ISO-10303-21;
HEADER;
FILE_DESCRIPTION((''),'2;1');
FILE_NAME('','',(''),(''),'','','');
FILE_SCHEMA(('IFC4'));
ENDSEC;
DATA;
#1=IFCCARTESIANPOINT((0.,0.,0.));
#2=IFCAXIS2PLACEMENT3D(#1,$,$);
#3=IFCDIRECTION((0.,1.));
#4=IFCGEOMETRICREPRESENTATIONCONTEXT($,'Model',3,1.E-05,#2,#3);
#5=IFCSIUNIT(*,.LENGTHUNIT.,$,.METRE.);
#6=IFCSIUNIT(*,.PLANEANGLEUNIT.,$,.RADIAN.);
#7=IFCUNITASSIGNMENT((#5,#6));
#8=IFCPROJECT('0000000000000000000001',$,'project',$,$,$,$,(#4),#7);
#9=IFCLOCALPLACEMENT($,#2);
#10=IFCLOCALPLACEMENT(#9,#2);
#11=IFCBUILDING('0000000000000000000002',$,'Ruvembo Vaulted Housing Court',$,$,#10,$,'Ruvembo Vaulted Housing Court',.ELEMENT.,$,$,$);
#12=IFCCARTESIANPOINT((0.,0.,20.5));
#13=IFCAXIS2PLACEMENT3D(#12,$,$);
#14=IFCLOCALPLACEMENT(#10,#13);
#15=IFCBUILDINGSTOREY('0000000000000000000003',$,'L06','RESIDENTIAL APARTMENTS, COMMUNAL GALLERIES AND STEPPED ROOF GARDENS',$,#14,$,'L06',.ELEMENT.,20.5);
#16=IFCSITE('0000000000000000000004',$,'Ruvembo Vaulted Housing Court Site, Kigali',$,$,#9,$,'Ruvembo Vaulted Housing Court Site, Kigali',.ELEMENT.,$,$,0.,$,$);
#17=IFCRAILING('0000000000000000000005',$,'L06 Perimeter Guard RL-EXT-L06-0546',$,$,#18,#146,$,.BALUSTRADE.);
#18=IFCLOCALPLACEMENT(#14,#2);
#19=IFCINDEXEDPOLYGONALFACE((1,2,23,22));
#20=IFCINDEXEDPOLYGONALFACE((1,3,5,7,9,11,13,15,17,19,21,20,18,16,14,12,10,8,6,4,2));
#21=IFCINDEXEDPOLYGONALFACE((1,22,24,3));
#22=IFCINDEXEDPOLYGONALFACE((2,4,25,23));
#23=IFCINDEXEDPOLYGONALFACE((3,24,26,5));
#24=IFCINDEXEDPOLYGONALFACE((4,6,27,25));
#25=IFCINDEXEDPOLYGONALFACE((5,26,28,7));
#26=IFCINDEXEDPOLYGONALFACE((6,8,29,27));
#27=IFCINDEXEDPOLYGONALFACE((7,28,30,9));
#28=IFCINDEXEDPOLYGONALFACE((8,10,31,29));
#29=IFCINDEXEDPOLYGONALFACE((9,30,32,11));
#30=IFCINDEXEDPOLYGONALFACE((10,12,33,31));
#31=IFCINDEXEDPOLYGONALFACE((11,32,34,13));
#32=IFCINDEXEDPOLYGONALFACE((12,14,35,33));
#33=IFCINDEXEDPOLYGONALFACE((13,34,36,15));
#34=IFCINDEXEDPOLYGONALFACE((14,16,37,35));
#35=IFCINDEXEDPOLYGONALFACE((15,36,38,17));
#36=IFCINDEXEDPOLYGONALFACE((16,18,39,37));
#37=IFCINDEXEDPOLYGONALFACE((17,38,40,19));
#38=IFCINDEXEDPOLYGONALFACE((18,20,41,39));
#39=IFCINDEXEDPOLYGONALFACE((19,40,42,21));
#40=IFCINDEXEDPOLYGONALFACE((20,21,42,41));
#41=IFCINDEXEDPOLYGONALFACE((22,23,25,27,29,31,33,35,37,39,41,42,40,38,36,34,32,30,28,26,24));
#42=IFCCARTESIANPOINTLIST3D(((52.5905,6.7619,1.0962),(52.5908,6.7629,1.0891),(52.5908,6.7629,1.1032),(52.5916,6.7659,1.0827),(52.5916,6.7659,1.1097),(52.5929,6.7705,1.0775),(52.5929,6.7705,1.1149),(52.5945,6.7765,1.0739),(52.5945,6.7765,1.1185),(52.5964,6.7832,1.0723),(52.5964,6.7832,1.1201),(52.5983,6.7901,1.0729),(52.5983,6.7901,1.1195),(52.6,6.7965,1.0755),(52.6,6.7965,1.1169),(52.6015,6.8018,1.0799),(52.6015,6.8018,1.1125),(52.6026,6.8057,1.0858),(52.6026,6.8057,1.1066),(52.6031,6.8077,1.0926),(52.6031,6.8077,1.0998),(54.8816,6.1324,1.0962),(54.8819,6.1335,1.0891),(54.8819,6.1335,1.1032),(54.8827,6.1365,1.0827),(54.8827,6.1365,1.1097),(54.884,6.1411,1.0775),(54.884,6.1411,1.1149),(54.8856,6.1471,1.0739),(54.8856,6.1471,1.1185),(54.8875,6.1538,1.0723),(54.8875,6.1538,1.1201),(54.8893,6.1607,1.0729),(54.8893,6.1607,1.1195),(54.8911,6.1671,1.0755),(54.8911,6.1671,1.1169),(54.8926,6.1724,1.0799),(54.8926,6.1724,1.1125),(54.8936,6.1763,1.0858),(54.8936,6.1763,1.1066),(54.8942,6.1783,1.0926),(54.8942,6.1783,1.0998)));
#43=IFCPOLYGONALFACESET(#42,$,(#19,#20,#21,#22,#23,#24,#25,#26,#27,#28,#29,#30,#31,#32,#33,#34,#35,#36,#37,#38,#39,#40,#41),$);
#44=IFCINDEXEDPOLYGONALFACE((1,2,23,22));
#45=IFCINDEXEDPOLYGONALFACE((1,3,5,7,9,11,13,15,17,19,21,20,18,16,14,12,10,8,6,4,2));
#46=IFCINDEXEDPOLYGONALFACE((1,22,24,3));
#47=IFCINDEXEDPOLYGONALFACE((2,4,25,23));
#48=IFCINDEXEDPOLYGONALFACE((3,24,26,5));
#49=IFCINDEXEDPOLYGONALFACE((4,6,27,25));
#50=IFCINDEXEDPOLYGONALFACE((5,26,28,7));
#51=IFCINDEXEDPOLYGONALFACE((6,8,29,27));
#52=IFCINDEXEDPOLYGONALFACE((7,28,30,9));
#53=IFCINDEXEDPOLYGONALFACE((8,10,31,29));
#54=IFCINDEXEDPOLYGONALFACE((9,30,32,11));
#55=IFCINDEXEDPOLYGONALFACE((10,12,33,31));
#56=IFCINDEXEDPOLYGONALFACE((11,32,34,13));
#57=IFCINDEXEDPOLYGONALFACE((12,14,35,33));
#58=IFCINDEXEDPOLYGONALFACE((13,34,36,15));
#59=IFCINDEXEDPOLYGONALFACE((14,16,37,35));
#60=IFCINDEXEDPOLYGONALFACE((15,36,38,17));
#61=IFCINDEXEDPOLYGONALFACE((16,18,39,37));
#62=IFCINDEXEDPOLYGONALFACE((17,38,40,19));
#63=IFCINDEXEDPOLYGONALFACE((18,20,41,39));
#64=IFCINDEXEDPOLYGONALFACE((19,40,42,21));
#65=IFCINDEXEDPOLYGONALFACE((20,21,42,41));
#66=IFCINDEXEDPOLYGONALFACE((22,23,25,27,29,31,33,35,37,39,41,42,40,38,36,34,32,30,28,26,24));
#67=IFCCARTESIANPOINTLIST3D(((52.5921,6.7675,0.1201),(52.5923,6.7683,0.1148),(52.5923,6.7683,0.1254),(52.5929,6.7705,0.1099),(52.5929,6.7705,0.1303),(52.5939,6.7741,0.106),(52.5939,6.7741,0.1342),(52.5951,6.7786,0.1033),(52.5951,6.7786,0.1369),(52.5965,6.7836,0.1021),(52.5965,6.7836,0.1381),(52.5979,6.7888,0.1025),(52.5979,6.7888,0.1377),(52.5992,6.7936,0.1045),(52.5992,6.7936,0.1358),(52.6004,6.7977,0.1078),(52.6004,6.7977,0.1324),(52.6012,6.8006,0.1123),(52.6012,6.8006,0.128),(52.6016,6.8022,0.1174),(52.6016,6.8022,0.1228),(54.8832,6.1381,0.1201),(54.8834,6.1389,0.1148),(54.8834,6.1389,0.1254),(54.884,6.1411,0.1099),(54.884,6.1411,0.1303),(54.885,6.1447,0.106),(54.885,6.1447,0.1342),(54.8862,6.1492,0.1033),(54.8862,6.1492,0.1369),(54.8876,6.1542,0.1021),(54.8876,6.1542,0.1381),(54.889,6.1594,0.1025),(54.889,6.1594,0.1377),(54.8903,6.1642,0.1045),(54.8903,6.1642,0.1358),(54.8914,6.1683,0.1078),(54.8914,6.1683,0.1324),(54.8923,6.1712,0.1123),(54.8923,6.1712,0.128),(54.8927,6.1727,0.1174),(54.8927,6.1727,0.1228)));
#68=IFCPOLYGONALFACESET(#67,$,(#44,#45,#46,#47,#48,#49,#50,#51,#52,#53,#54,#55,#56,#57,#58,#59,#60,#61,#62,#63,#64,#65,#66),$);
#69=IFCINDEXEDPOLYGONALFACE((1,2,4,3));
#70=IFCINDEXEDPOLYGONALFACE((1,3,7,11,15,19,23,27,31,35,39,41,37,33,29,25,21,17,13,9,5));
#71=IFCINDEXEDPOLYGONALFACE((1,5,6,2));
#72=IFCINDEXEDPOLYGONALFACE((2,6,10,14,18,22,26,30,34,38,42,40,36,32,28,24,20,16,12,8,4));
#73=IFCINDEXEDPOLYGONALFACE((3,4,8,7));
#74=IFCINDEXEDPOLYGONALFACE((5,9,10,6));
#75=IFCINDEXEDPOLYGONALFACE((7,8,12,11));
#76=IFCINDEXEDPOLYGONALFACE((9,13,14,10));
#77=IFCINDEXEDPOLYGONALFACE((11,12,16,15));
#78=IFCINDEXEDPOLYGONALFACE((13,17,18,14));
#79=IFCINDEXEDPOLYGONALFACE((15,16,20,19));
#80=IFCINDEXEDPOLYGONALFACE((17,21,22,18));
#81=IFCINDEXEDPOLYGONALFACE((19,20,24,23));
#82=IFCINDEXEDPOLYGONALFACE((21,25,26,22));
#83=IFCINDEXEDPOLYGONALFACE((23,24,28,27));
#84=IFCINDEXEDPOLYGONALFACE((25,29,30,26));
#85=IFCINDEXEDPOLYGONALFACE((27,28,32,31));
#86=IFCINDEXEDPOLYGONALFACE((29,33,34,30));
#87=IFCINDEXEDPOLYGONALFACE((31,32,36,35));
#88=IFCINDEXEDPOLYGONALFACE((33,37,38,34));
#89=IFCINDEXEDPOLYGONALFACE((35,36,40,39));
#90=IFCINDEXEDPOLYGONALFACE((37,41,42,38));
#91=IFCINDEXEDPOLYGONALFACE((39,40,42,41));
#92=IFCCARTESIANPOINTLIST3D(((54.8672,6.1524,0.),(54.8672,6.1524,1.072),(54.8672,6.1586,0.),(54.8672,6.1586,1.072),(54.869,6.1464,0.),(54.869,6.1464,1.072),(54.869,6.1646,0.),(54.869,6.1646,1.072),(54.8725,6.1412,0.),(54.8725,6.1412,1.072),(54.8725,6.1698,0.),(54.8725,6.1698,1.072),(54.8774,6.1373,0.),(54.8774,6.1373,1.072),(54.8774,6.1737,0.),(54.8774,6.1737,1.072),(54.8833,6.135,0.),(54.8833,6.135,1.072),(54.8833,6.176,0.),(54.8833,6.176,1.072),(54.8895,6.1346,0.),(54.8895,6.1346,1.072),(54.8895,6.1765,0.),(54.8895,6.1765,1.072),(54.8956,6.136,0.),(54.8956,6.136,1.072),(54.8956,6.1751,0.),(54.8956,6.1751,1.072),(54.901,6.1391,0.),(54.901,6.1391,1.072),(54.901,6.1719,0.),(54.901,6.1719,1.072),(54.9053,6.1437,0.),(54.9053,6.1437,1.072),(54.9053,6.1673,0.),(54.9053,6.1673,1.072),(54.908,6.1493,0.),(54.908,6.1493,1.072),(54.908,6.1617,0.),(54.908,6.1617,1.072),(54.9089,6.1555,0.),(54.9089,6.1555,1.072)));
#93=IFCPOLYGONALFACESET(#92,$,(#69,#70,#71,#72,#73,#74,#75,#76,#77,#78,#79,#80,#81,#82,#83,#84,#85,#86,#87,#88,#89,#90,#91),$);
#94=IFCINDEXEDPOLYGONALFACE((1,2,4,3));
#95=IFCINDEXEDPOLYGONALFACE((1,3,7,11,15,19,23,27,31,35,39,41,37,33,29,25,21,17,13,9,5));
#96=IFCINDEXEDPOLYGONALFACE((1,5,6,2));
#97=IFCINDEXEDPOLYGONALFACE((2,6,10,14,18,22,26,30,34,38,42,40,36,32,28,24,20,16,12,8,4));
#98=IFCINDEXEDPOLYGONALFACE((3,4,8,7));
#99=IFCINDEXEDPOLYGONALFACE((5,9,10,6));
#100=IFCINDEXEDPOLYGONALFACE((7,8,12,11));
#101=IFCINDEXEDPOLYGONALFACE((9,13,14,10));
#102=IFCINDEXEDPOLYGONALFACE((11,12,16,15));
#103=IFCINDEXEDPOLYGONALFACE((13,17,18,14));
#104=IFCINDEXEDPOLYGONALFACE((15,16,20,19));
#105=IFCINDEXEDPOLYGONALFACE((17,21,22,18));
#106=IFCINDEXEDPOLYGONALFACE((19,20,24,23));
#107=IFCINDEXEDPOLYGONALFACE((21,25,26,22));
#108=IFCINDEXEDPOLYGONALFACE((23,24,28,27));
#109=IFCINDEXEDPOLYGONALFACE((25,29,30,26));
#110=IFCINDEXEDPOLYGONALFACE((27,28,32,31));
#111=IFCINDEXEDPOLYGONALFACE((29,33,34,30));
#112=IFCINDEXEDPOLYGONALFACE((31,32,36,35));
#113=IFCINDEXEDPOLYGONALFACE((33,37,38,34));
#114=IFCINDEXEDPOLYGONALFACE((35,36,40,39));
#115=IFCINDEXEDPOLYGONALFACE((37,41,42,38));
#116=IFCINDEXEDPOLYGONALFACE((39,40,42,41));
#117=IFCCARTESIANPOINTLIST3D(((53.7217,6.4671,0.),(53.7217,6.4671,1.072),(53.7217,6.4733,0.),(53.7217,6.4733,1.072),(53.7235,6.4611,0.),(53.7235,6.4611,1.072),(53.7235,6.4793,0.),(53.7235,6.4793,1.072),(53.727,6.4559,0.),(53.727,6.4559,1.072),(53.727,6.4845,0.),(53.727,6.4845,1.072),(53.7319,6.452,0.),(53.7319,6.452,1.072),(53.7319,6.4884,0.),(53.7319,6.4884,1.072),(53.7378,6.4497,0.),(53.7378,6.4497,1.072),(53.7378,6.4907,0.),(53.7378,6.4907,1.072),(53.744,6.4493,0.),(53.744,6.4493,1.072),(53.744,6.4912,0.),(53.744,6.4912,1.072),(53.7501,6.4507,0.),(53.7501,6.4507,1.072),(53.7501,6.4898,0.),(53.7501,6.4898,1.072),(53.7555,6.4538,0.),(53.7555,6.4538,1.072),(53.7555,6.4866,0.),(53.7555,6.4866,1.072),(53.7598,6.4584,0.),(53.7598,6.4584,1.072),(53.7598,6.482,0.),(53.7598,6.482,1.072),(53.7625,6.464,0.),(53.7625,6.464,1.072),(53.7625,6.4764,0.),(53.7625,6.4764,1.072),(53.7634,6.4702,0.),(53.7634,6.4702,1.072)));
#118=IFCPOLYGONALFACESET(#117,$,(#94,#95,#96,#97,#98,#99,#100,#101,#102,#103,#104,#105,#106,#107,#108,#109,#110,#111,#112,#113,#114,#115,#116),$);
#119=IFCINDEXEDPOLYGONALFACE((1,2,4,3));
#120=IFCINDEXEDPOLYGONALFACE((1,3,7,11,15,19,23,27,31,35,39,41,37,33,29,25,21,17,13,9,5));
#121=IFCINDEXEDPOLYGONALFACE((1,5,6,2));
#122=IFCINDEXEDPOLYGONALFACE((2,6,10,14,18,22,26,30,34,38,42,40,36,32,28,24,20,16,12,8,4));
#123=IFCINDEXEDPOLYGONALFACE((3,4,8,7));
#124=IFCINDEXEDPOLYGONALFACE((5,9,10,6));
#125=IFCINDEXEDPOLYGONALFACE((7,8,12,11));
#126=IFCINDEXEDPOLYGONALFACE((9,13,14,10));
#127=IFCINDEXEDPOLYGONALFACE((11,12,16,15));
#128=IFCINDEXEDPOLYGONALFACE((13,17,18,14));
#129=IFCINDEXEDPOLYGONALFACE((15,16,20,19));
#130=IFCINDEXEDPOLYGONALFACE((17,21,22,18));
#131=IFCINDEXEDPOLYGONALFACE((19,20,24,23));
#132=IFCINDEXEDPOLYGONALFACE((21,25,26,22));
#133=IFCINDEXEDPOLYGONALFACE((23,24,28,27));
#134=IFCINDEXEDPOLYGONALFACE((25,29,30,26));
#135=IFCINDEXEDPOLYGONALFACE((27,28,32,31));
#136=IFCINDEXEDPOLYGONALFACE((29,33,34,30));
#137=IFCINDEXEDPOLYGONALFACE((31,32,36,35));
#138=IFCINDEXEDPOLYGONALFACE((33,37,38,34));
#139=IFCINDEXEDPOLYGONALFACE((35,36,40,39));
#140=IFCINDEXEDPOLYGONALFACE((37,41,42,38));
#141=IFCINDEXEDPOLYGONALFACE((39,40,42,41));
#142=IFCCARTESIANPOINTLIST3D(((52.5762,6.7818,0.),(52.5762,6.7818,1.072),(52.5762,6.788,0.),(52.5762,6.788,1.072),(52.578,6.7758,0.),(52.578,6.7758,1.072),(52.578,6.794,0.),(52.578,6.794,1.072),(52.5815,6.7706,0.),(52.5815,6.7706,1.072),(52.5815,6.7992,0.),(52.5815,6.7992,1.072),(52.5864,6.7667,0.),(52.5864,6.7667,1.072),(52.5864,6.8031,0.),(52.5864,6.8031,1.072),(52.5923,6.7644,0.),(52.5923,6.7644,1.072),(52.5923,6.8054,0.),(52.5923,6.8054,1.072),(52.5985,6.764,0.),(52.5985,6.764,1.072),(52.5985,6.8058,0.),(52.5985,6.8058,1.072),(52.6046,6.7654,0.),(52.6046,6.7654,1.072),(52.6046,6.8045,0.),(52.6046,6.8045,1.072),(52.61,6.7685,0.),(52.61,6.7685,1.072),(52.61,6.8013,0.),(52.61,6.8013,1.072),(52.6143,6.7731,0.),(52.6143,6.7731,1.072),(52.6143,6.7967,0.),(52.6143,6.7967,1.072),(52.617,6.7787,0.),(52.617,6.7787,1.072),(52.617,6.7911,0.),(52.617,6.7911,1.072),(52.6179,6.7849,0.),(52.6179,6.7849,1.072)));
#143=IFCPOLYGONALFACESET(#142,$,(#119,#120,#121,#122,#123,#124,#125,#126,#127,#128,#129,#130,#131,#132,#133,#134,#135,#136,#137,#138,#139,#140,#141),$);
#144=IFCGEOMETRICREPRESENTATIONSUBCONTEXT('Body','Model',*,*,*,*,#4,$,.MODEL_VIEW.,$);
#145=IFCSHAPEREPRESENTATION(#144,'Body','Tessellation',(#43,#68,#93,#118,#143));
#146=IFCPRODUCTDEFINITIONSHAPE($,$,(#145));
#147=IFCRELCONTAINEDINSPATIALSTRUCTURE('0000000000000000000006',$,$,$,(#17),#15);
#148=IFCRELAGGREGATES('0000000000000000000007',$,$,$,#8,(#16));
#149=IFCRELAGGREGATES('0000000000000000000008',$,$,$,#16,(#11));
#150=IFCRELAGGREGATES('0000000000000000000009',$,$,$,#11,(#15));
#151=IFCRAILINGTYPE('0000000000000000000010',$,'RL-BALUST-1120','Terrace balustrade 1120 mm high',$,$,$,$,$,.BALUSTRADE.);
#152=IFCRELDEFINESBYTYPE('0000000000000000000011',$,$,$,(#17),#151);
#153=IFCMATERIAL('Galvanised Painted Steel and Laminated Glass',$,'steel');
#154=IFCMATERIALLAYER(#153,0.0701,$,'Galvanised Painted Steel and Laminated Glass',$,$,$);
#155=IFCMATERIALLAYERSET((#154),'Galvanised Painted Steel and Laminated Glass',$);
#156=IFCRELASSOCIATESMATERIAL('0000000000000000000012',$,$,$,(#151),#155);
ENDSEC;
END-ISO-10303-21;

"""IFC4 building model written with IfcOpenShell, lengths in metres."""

from ifc_helpers import new_model, si_unit, direction, frame, origin, origin_2d, place, context, subcontext, project, spatial, circle, extrude, material, layer, layer_set, type_object, element, save


model = new_model("IFC4")

# Units and contexts
model_context = context("Model", 3, precision=1e-05, world=origin(), true_north=direction((0.0, 1.0)))
body_context = subcontext(model_context, "Body", "Model", "MODEL_VIEW")
ifc_project = project(units=[si_unit("LENGTHUNIT", "METRE"), si_unit("PLANEANGLEUNIT", "RADIAN")], contexts=[model_context])

# Site, building, storey
site_placement = place(None, origin())
site = spatial("IfcSite", under=ifc_project, at=site_placement, Name="Ruvembo Vaulted Housing Court Site, Kigali", LongName="Ruvembo Vaulted Housing Court Site, Kigali", CompositionType="ELEMENT", RefElevation=0.0)
building_placement = place(site_placement, origin())
building = spatial("IfcBuilding", under=site, at=building_placement, Name="Ruvembo Vaulted Housing Court", LongName="Ruvembo Vaulted Housing Court", CompositionType="ELEMENT")
storey_placement = place(building_placement, frame((0.0, 0.0, 20.5)))
storey = spatial("IfcBuildingStorey", under=building, at=storey_placement, Name="L06", Description="RESIDENTIAL APARTMENTS, COMMUNAL GALLERIES AND STEPPED ROOF GARDENS", LongName="L06", CompositionType="ELEMENT", Elevation=20.5)

# Railing
ifc_material_1 = material(Name="Galvanised Painted Steel and Laminated Glass", Category="steel")
ifc_layer = layer(ifc_material_1, 0.0701, Name="Galvanised Painted Steel and Laminated Glass")
ifc_layer_set = layer_set([ifc_layer], Name="Galvanised Painted Steel and Laminated Glass")
railing_type = type_object("IfcRailingType", Name="RL-BALUST-1120", Description="Terrace balustrade 1120 mm high", PredefinedType="BALUSTRADE", material=ifc_layer_set)
railing_1_placement = place(storey_placement, frame((54.8879, 6.1555, 0.0)))
element("IfcRailing", 1, at=railing_1_placement, inside=storey, type_object=railing_type, Name="L06 Perimeter Guard RL-EXT-L06-0546", PredefinedType="BALUSTRADE", context=body_context, shape_type="SweptSolid", body=[
    extrude(circle(Radius=0.0239, at=origin_2d()), frame((0.0, 0.0, 1.0962), z_axis=(-0.964274, 0.264908, 0.0), x_axis=(-0.264908, -0.964274, 0.0)), (0.0, 0.0, 1.0), 2.376),
    extrude(circle(Radius=0.0181, at=origin_2d()), frame((0.0, 0.0, 0.1201), z_axis=(-0.964274, 0.264908, 0.0), x_axis=(-0.264908, -0.964274, 0.0)), (0.0, 0.0, 1.0), 2.376),
    extrude(circle(Radius=0.021, at=origin_2d()), origin(), (0.0, 0.0, 1.0), 1.072),
    extrude(circle(Radius=0.021, at=origin_2d()), frame((-1.1455, 0.3147, 0.0)), (0.0, 0.0, 1.0), 1.072),
    extrude(circle(Radius=0.021, at=origin_2d()), frame((-2.291, 0.6294, 0.0)), (0.0, 0.0, 1.0), 1.072),
])

save(model, "model.ifc")
